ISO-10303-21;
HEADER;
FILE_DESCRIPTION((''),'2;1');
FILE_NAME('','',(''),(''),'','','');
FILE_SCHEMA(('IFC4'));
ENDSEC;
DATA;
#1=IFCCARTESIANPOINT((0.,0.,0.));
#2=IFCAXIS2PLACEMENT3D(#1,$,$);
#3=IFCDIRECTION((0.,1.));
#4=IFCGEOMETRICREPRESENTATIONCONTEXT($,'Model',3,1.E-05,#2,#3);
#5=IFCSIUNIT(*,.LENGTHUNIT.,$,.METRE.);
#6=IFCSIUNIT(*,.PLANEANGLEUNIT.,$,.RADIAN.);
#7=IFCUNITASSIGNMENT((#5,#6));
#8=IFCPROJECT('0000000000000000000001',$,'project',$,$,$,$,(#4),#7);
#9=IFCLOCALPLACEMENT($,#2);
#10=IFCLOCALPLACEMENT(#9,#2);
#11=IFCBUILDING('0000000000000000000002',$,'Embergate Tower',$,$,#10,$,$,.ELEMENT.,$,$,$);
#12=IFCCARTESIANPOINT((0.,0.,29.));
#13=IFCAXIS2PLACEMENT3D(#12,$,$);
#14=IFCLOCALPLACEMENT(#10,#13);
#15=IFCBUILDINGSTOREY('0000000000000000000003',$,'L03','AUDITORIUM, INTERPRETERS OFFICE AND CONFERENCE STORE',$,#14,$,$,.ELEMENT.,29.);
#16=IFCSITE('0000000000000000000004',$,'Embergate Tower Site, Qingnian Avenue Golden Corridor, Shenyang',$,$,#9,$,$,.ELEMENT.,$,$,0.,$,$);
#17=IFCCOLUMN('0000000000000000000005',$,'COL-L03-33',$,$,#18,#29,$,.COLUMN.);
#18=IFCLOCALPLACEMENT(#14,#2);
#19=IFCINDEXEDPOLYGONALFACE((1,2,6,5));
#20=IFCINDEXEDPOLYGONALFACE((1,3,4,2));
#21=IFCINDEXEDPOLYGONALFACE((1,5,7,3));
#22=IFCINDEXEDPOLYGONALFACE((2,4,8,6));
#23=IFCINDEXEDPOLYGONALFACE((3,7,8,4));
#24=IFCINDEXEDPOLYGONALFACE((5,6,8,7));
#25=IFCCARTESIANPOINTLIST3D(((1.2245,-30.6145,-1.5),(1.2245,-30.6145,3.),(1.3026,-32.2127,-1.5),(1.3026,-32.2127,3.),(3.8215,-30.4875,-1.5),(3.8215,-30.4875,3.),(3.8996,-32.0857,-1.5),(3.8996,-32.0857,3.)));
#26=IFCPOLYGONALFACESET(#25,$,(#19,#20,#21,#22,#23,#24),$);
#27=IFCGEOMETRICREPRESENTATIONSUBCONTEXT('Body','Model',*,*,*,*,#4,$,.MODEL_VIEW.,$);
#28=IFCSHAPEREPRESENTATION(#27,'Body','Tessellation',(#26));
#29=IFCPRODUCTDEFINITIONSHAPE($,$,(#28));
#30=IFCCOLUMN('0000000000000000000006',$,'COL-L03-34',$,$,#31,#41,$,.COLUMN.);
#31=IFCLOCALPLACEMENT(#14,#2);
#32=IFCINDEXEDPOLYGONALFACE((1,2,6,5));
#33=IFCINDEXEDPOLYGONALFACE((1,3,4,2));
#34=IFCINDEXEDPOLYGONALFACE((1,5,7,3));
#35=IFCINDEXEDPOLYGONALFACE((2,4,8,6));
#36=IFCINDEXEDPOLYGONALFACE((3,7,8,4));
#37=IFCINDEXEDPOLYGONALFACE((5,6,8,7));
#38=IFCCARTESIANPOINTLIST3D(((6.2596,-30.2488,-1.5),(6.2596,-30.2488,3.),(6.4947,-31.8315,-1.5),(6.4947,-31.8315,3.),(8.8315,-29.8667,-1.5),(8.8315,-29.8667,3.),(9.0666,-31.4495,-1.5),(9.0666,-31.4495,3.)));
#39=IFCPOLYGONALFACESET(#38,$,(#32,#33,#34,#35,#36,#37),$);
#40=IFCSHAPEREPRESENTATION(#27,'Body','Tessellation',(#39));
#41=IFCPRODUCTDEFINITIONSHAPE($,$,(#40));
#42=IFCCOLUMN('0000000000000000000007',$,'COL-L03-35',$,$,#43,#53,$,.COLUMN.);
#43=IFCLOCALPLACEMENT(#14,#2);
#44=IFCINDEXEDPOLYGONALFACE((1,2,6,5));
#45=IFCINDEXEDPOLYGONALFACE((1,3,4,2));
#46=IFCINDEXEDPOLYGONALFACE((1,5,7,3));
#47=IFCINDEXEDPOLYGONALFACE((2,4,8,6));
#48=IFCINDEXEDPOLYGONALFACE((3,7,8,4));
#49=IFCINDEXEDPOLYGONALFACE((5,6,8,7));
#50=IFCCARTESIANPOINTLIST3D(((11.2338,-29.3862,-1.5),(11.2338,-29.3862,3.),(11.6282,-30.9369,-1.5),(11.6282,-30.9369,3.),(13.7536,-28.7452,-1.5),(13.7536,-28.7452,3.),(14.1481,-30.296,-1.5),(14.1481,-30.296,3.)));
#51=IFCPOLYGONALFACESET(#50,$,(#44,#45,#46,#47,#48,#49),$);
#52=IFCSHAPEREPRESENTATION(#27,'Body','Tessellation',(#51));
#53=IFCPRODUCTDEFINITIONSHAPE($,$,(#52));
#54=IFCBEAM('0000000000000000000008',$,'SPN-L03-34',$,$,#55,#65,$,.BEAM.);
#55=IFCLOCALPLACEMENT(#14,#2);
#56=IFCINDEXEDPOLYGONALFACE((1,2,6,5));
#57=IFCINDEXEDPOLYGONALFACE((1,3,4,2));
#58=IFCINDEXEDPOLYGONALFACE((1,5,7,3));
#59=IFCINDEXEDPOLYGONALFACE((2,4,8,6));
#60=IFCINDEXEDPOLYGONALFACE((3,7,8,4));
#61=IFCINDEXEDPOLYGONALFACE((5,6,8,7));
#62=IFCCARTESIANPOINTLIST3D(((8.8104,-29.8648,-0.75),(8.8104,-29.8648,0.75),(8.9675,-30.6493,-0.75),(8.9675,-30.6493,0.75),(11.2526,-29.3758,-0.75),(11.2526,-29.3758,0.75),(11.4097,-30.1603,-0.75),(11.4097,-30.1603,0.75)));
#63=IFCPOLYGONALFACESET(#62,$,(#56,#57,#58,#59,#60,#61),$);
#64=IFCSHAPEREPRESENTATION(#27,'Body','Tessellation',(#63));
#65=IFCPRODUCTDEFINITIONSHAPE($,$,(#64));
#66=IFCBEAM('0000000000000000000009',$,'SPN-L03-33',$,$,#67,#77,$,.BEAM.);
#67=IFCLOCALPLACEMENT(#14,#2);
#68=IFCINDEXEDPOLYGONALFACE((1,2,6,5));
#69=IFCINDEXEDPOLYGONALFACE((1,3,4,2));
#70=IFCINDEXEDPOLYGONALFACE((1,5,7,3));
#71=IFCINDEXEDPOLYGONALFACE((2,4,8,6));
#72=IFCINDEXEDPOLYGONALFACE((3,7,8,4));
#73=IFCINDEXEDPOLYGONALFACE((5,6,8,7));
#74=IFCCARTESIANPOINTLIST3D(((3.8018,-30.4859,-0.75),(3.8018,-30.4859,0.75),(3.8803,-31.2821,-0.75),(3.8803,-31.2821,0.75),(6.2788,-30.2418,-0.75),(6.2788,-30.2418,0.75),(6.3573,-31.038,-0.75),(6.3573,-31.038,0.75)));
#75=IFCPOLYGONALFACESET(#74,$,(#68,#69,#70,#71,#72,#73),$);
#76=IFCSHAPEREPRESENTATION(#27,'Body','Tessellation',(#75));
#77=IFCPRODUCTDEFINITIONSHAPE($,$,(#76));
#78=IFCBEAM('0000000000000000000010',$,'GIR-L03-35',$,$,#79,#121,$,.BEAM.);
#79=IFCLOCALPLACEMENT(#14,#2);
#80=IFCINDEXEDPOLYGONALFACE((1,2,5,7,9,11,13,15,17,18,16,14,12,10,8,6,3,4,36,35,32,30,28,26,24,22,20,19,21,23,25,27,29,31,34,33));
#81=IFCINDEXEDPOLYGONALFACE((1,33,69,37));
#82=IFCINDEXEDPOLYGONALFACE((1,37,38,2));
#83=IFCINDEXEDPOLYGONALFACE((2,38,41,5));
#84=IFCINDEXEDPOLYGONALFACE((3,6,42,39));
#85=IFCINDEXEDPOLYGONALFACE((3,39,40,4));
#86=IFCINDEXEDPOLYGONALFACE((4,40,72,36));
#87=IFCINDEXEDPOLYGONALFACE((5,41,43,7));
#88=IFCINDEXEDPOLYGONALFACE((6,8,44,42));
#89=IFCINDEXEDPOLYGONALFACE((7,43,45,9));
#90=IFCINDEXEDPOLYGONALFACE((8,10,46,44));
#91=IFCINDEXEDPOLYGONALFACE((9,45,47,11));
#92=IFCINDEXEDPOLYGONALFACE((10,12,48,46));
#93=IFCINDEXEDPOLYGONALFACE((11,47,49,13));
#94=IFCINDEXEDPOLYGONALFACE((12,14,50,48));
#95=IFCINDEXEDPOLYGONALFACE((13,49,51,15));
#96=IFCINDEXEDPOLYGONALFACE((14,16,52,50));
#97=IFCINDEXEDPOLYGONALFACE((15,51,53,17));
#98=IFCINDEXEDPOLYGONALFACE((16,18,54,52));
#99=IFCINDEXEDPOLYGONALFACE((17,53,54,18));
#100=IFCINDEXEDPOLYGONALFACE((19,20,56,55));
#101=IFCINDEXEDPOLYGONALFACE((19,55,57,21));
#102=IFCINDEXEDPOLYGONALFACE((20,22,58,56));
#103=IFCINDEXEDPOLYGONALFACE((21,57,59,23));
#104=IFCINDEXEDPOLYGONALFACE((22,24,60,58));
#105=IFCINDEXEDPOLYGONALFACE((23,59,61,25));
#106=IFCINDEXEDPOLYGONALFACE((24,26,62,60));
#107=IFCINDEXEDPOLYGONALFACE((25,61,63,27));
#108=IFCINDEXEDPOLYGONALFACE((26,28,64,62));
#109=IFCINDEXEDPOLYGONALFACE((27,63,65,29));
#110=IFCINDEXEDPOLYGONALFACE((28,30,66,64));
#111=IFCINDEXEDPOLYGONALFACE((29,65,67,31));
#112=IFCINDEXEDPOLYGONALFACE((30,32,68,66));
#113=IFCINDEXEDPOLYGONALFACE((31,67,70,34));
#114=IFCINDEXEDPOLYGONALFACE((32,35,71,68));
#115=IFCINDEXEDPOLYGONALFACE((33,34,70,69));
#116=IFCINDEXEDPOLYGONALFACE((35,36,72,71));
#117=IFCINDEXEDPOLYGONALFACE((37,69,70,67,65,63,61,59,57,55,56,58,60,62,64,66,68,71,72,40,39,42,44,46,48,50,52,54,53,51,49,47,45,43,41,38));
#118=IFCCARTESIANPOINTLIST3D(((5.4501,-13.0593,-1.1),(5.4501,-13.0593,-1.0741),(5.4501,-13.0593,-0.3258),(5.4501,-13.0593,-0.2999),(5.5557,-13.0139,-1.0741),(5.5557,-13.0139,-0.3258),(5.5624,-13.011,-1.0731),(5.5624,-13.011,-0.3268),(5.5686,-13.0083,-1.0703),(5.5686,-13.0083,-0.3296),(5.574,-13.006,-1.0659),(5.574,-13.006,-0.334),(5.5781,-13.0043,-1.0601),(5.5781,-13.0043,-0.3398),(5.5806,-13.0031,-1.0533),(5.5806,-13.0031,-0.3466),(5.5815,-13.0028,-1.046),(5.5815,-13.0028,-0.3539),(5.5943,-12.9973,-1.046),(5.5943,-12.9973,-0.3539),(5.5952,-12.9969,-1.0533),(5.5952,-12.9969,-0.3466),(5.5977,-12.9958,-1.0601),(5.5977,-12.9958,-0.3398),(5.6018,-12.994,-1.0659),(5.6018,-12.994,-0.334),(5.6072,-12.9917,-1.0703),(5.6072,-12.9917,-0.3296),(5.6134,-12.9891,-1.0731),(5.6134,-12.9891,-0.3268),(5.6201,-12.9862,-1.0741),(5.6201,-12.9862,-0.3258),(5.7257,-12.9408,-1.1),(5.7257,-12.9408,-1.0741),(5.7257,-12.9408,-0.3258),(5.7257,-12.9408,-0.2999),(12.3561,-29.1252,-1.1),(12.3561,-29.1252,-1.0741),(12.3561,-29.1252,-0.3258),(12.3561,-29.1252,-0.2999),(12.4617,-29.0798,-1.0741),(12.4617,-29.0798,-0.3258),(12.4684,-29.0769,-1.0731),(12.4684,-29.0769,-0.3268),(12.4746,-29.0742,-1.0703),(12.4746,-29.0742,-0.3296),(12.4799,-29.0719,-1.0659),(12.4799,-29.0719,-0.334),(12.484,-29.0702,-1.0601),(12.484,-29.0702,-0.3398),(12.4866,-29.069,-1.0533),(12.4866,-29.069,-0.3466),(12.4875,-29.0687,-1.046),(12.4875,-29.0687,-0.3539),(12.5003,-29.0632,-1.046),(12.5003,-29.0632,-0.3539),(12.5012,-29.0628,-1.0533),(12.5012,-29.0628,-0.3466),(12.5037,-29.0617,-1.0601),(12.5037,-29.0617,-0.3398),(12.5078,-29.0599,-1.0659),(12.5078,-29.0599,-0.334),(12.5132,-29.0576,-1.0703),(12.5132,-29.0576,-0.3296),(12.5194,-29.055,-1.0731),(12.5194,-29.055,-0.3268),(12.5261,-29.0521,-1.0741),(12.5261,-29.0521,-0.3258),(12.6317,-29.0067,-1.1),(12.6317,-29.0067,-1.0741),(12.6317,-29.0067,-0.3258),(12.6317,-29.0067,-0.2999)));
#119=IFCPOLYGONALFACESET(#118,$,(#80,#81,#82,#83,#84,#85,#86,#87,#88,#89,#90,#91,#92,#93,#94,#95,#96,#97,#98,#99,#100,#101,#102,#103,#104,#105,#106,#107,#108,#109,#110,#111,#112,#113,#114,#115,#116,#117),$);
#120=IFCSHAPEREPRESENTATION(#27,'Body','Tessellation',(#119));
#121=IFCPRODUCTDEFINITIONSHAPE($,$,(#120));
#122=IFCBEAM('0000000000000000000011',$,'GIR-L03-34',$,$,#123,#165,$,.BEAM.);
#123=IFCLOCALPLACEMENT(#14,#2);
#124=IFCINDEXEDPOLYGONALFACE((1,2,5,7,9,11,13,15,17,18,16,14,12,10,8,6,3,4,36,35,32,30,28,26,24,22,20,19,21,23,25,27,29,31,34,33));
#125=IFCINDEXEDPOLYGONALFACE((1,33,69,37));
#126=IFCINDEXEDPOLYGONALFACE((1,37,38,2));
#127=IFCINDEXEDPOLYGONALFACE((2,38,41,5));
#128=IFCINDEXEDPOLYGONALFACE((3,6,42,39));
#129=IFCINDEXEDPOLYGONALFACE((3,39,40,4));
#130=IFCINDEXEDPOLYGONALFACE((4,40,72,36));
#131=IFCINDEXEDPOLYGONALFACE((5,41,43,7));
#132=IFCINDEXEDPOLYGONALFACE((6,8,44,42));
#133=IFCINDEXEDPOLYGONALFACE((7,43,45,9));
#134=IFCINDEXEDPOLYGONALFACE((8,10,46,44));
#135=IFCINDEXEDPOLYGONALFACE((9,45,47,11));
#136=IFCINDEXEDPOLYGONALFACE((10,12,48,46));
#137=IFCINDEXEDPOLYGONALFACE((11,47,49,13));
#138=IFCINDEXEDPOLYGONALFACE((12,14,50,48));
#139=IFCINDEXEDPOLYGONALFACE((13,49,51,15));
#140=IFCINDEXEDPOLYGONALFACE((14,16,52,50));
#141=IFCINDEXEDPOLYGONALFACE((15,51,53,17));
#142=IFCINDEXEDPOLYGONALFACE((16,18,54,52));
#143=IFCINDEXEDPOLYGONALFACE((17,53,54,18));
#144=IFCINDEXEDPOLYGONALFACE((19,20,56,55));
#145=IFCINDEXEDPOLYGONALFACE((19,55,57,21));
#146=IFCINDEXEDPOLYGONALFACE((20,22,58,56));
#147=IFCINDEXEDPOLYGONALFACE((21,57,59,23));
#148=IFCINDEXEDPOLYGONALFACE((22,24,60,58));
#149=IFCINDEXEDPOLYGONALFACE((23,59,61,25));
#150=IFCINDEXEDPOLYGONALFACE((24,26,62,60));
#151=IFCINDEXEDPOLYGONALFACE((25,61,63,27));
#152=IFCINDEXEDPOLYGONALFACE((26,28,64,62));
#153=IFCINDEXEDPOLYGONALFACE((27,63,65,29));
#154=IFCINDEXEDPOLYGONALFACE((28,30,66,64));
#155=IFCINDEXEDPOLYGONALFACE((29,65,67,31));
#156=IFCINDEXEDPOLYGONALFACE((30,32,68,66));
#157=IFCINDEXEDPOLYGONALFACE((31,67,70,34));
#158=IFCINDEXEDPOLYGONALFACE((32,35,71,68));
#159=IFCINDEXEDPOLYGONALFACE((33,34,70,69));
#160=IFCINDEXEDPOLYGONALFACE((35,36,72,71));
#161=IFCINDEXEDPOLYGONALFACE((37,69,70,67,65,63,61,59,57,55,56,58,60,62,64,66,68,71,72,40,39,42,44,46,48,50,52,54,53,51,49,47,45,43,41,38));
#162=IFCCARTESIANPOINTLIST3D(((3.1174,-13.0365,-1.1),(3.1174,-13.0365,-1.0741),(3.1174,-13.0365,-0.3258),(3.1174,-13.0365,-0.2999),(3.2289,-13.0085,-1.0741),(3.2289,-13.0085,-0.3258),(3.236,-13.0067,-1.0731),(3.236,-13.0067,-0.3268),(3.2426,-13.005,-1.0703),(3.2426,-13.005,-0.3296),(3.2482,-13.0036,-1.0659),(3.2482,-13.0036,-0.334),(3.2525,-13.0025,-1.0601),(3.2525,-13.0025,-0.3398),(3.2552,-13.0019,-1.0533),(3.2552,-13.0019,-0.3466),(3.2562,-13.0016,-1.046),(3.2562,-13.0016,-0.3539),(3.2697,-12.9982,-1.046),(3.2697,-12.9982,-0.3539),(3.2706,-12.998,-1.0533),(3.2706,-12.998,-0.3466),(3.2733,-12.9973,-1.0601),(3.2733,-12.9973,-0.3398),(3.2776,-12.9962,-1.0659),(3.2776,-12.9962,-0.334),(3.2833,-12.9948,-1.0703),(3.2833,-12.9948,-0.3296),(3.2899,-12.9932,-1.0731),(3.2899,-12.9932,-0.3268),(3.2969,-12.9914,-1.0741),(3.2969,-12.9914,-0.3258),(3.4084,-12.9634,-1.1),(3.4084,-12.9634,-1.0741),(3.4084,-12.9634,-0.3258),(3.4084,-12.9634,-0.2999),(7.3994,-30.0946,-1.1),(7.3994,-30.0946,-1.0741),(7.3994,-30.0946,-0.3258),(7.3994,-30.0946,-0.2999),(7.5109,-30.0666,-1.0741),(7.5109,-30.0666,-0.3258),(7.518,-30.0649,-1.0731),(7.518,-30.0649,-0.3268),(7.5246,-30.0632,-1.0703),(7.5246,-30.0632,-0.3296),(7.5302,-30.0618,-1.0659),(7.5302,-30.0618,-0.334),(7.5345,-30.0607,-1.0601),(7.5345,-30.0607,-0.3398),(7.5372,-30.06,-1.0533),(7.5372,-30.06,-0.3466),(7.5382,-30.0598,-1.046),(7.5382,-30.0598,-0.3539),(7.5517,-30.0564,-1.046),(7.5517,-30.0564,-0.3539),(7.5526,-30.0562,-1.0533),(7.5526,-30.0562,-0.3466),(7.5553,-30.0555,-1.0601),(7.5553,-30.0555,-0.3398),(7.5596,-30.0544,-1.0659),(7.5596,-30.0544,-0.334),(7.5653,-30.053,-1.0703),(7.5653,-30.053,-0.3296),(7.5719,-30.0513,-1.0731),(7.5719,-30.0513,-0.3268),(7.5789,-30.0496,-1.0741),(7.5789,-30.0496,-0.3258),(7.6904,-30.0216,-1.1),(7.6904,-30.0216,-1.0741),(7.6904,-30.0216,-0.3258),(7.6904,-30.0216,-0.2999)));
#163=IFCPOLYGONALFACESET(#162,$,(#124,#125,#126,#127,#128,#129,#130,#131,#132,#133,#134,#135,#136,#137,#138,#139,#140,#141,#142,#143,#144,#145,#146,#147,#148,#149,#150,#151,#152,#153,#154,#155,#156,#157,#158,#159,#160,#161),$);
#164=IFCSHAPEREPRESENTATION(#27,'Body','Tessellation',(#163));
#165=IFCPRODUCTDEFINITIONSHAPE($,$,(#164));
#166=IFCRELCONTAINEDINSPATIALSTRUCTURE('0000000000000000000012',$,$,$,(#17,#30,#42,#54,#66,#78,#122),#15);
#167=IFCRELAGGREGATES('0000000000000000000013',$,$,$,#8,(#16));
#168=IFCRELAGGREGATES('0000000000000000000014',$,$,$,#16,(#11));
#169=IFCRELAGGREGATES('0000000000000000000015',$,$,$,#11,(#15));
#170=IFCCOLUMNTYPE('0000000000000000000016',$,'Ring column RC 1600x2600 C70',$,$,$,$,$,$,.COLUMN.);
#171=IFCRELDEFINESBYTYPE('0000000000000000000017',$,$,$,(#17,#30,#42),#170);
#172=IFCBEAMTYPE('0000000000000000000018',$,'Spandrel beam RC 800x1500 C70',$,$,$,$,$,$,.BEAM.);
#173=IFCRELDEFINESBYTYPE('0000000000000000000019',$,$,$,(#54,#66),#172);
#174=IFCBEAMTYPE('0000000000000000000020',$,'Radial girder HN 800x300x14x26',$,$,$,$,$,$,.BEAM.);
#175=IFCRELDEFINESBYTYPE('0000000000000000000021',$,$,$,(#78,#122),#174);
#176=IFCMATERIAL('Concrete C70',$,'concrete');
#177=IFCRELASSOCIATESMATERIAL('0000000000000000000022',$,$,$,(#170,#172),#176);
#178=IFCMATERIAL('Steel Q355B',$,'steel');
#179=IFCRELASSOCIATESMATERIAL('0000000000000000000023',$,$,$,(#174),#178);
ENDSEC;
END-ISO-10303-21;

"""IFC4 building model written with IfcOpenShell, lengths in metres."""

from ifc_helpers import new_model, si_unit, direction, frame, origin, origin_2d, place, context, subcontext, project, spatial, rectangle, i_section, extrude, source, transform, mapped, material, material_profile, profile_set, type_object, element, save


model = new_model("IFC4")

# Units and contexts
model_context = context("Model", 3, precision=1e-05, world=origin(), true_north=direction((0.0, 1.0)))
body_context = subcontext(model_context, "Body", "Model", "MODEL_VIEW")
ifc_project = project(units=[si_unit("LENGTHUNIT", "METRE"), si_unit("PLANEANGLEUNIT", "RADIAN")], contexts=[model_context])

# Site, building, storey
site_placement = place(None, origin())
site = spatial("IfcSite", under=ifc_project, at=site_placement, Name="Embergate Tower Site, Qingnian Avenue Golden Corridor, Shenyang", CompositionType="ELEMENT", RefElevation=0.0)
building_placement = place(site_placement, origin())
building = spatial("IfcBuilding", under=site, at=building_placement, Name="Embergate Tower", CompositionType="ELEMENT")
storey_placement = place(building_placement, frame((0.0, 0.0, 29.0)))
storey = spatial("IfcBuildingStorey", under=building, at=storey_placement, Name="L03", Description="AUDITORIUM, INTERPRETERS OFFICE AND CONFERENCE STORE", CompositionType="ELEMENT", Elevation=29.0)

# Columns
ifc_material_1 = material(Name="Concrete C70", Category="concrete")
ifc_material_profile_1 = material_profile(ifc_material_1, rectangle(XDim=1.6001, YDim=2.6001, at=origin_2d()), Name="RC 1600x2600")
ifc_profile_set_1 = profile_set([ifc_material_profile_1], Name="Concrete C70")
column_type = type_object("IfcColumnType", Name="Ring column RC 1600x2600 C70", PredefinedType="COLUMN", material=ifc_profile_set_1)
shared_shape_1 = source(origin(), body_context, "Body", "SweptSolid", [
    extrude(rectangle(XDim=1.6001, YDim=2.6001, at=origin_2d()), origin(), (0.0, 0.0, 1.0), 4.5),
])
for number, where, z_axis, x_axis, name in (
    (1, (2.562, -31.3501, -1.5), (0.0, 0.0, 1.0), (0.048815, -0.998808, 0.0), "COL-L03-33"),
    (2, (7.6631, -30.8491, -1.5), (0.0, 0.0, 1.0), (0.146929, -0.989147, 0.0), "COL-L03-34"),
    (3, (12.6909, -29.8411, -1.5), (0.0, 0.0, 1.0), (0.246509, -0.969141, 0.0), "COL-L03-35"),
):
    element("IfcColumn", number, at=place(storey_placement, frame(where, z_axis=z_axis, x_axis=x_axis)), inside=storey, type_object=column_type, Name=name, PredefinedType="COLUMN", context=body_context, shape_type="MappedRepresentation", body=[
        mapped(shared_shape_1, transform((0.0, 0.0, 0.0))),
    ])

# Beams
ifc_material_profile_2 = material_profile(ifc_material_1, rectangle(XDim=0.8, YDim=1.5, at=origin_2d()), Name="RC 800x1500")
ifc_profile_set_2 = profile_set([ifc_material_profile_2], Name="Concrete C70")
beam_type_1 = type_object("IfcBeamType", Name="Spandrel beam RC 800x1500 C70", PredefinedType="BEAM", material=ifc_profile_set_2)
shared_shape_2 = source(origin(), body_context, "Body", "SweptSolid", [
    extrude(rectangle(XDim=0.8, YDim=1.5, at=origin_2d()), origin(), (0.0, 0.0, 1.0), 2.4907),
])
beam_1_placement = place(storey_placement, frame((8.8889, -30.2571, 0.0), z_axis=(0.980535, 0.196342, 0.0), x_axis=(-0.196342, 0.980535, 0.0)))
element("IfcBeam", 4, at=beam_1_placement, inside=storey, type_object=beam_type_1, Name="SPN-L03-34", PredefinedType="BEAM", context=body_context, shape_type="MappedRepresentation", body=[
    mapped(shared_shape_2, transform((0.0, 0.0, 0.0))),
])
shared_shape_3 = source(origin(), body_context, "Body", "SweptSolid", [
    extrude(rectangle(XDim=0.8, YDim=1.5, at=origin_2d()), origin(), (0.0, 0.0, 1.0), 2.489),
])
beam_2_placement = place(storey_placement, frame((3.8411, -30.884, 0.0), z_axis=(0.995178, 0.098086, 0.0), x_axis=(-0.098086, 0.995178, 0.0)))
element("IfcBeam", 5, at=beam_2_placement, inside=storey, type_object=beam_type_1, Name="SPN-L03-33", PredefinedType="BEAM", context=body_context, shape_type="MappedRepresentation", body=[
    mapped(shared_shape_3, transform((0.0, 0.0, 0.0))),
])
ifc_material_2 = material(Name="Steel Q355B", Category="steel")
ifc_material_profile_3 = material_profile(ifc_material_2, i_section(OverallWidth=0.3, OverallDepth=0.8, WebThickness=0.0139, FlangeThickness=0.0259, FilletRadius=0.0281, at=origin_2d()), Name="HN 800x300x14x26")
ifc_profile_set_3 = profile_set([ifc_material_profile_3], Name="Steel Q355 grade B")
beam_type_2 = type_object("IfcBeamType", Name="Radial girder HN 800x300x14x26", PredefinedType="BEAM", material=ifc_profile_set_3)
shared_shape_4 = source(origin(), body_context, "Body", "SweptSolid", [
    extrude(i_section(OverallWidth=0.3, OverallDepth=0.8, WebThickness=0.0139, FlangeThickness=0.0259, FilletRadius=0.0281, at=origin_2d()), origin(), (0.0, 0.0, 1.0), 17.4873),
])
beam_3_placement = place(storey_placement, frame((12.4939, -29.0659, -0.7), z_axis=(-0.394915, 0.918718, 0.0), x_axis=(-0.918718, -0.394915, 0.0)))
element("IfcBeam", 6, at=beam_3_placement, inside=storey, type_object=beam_type_2, Name="GIR-L03-35", PredefinedType="BEAM", context=body_context, shape_type="MappedRepresentation", body=[
    mapped(shared_shape_4, transform((0.0, 0.0, 0.0))),
])
shared_shape_5 = source(origin(), body_context, "Body", "SweptSolid", [
    extrude(i_section(OverallWidth=0.3, OverallDepth=0.8, WebThickness=0.0139, FlangeThickness=0.0259, FilletRadius=0.0281, at=origin_2d()), origin(), (0.0, 0.0, 1.0), 17.5874),
])
beam_4_placement = place(storey_placement, frame((7.5449, -30.0581, -0.7), z_axis=(-0.24347, 0.969909, 0.0), x_axis=(-0.969909, -0.24347, 0.0)))
element("IfcBeam", 7, at=beam_4_placement, inside=storey, type_object=beam_type_2, Name="GIR-L03-34", PredefinedType="BEAM", context=body_context, shape_type="MappedRepresentation", body=[
    mapped(shared_shape_5, transform((0.0, 0.0, 0.0))),
])

save(model, "model.ifc")
